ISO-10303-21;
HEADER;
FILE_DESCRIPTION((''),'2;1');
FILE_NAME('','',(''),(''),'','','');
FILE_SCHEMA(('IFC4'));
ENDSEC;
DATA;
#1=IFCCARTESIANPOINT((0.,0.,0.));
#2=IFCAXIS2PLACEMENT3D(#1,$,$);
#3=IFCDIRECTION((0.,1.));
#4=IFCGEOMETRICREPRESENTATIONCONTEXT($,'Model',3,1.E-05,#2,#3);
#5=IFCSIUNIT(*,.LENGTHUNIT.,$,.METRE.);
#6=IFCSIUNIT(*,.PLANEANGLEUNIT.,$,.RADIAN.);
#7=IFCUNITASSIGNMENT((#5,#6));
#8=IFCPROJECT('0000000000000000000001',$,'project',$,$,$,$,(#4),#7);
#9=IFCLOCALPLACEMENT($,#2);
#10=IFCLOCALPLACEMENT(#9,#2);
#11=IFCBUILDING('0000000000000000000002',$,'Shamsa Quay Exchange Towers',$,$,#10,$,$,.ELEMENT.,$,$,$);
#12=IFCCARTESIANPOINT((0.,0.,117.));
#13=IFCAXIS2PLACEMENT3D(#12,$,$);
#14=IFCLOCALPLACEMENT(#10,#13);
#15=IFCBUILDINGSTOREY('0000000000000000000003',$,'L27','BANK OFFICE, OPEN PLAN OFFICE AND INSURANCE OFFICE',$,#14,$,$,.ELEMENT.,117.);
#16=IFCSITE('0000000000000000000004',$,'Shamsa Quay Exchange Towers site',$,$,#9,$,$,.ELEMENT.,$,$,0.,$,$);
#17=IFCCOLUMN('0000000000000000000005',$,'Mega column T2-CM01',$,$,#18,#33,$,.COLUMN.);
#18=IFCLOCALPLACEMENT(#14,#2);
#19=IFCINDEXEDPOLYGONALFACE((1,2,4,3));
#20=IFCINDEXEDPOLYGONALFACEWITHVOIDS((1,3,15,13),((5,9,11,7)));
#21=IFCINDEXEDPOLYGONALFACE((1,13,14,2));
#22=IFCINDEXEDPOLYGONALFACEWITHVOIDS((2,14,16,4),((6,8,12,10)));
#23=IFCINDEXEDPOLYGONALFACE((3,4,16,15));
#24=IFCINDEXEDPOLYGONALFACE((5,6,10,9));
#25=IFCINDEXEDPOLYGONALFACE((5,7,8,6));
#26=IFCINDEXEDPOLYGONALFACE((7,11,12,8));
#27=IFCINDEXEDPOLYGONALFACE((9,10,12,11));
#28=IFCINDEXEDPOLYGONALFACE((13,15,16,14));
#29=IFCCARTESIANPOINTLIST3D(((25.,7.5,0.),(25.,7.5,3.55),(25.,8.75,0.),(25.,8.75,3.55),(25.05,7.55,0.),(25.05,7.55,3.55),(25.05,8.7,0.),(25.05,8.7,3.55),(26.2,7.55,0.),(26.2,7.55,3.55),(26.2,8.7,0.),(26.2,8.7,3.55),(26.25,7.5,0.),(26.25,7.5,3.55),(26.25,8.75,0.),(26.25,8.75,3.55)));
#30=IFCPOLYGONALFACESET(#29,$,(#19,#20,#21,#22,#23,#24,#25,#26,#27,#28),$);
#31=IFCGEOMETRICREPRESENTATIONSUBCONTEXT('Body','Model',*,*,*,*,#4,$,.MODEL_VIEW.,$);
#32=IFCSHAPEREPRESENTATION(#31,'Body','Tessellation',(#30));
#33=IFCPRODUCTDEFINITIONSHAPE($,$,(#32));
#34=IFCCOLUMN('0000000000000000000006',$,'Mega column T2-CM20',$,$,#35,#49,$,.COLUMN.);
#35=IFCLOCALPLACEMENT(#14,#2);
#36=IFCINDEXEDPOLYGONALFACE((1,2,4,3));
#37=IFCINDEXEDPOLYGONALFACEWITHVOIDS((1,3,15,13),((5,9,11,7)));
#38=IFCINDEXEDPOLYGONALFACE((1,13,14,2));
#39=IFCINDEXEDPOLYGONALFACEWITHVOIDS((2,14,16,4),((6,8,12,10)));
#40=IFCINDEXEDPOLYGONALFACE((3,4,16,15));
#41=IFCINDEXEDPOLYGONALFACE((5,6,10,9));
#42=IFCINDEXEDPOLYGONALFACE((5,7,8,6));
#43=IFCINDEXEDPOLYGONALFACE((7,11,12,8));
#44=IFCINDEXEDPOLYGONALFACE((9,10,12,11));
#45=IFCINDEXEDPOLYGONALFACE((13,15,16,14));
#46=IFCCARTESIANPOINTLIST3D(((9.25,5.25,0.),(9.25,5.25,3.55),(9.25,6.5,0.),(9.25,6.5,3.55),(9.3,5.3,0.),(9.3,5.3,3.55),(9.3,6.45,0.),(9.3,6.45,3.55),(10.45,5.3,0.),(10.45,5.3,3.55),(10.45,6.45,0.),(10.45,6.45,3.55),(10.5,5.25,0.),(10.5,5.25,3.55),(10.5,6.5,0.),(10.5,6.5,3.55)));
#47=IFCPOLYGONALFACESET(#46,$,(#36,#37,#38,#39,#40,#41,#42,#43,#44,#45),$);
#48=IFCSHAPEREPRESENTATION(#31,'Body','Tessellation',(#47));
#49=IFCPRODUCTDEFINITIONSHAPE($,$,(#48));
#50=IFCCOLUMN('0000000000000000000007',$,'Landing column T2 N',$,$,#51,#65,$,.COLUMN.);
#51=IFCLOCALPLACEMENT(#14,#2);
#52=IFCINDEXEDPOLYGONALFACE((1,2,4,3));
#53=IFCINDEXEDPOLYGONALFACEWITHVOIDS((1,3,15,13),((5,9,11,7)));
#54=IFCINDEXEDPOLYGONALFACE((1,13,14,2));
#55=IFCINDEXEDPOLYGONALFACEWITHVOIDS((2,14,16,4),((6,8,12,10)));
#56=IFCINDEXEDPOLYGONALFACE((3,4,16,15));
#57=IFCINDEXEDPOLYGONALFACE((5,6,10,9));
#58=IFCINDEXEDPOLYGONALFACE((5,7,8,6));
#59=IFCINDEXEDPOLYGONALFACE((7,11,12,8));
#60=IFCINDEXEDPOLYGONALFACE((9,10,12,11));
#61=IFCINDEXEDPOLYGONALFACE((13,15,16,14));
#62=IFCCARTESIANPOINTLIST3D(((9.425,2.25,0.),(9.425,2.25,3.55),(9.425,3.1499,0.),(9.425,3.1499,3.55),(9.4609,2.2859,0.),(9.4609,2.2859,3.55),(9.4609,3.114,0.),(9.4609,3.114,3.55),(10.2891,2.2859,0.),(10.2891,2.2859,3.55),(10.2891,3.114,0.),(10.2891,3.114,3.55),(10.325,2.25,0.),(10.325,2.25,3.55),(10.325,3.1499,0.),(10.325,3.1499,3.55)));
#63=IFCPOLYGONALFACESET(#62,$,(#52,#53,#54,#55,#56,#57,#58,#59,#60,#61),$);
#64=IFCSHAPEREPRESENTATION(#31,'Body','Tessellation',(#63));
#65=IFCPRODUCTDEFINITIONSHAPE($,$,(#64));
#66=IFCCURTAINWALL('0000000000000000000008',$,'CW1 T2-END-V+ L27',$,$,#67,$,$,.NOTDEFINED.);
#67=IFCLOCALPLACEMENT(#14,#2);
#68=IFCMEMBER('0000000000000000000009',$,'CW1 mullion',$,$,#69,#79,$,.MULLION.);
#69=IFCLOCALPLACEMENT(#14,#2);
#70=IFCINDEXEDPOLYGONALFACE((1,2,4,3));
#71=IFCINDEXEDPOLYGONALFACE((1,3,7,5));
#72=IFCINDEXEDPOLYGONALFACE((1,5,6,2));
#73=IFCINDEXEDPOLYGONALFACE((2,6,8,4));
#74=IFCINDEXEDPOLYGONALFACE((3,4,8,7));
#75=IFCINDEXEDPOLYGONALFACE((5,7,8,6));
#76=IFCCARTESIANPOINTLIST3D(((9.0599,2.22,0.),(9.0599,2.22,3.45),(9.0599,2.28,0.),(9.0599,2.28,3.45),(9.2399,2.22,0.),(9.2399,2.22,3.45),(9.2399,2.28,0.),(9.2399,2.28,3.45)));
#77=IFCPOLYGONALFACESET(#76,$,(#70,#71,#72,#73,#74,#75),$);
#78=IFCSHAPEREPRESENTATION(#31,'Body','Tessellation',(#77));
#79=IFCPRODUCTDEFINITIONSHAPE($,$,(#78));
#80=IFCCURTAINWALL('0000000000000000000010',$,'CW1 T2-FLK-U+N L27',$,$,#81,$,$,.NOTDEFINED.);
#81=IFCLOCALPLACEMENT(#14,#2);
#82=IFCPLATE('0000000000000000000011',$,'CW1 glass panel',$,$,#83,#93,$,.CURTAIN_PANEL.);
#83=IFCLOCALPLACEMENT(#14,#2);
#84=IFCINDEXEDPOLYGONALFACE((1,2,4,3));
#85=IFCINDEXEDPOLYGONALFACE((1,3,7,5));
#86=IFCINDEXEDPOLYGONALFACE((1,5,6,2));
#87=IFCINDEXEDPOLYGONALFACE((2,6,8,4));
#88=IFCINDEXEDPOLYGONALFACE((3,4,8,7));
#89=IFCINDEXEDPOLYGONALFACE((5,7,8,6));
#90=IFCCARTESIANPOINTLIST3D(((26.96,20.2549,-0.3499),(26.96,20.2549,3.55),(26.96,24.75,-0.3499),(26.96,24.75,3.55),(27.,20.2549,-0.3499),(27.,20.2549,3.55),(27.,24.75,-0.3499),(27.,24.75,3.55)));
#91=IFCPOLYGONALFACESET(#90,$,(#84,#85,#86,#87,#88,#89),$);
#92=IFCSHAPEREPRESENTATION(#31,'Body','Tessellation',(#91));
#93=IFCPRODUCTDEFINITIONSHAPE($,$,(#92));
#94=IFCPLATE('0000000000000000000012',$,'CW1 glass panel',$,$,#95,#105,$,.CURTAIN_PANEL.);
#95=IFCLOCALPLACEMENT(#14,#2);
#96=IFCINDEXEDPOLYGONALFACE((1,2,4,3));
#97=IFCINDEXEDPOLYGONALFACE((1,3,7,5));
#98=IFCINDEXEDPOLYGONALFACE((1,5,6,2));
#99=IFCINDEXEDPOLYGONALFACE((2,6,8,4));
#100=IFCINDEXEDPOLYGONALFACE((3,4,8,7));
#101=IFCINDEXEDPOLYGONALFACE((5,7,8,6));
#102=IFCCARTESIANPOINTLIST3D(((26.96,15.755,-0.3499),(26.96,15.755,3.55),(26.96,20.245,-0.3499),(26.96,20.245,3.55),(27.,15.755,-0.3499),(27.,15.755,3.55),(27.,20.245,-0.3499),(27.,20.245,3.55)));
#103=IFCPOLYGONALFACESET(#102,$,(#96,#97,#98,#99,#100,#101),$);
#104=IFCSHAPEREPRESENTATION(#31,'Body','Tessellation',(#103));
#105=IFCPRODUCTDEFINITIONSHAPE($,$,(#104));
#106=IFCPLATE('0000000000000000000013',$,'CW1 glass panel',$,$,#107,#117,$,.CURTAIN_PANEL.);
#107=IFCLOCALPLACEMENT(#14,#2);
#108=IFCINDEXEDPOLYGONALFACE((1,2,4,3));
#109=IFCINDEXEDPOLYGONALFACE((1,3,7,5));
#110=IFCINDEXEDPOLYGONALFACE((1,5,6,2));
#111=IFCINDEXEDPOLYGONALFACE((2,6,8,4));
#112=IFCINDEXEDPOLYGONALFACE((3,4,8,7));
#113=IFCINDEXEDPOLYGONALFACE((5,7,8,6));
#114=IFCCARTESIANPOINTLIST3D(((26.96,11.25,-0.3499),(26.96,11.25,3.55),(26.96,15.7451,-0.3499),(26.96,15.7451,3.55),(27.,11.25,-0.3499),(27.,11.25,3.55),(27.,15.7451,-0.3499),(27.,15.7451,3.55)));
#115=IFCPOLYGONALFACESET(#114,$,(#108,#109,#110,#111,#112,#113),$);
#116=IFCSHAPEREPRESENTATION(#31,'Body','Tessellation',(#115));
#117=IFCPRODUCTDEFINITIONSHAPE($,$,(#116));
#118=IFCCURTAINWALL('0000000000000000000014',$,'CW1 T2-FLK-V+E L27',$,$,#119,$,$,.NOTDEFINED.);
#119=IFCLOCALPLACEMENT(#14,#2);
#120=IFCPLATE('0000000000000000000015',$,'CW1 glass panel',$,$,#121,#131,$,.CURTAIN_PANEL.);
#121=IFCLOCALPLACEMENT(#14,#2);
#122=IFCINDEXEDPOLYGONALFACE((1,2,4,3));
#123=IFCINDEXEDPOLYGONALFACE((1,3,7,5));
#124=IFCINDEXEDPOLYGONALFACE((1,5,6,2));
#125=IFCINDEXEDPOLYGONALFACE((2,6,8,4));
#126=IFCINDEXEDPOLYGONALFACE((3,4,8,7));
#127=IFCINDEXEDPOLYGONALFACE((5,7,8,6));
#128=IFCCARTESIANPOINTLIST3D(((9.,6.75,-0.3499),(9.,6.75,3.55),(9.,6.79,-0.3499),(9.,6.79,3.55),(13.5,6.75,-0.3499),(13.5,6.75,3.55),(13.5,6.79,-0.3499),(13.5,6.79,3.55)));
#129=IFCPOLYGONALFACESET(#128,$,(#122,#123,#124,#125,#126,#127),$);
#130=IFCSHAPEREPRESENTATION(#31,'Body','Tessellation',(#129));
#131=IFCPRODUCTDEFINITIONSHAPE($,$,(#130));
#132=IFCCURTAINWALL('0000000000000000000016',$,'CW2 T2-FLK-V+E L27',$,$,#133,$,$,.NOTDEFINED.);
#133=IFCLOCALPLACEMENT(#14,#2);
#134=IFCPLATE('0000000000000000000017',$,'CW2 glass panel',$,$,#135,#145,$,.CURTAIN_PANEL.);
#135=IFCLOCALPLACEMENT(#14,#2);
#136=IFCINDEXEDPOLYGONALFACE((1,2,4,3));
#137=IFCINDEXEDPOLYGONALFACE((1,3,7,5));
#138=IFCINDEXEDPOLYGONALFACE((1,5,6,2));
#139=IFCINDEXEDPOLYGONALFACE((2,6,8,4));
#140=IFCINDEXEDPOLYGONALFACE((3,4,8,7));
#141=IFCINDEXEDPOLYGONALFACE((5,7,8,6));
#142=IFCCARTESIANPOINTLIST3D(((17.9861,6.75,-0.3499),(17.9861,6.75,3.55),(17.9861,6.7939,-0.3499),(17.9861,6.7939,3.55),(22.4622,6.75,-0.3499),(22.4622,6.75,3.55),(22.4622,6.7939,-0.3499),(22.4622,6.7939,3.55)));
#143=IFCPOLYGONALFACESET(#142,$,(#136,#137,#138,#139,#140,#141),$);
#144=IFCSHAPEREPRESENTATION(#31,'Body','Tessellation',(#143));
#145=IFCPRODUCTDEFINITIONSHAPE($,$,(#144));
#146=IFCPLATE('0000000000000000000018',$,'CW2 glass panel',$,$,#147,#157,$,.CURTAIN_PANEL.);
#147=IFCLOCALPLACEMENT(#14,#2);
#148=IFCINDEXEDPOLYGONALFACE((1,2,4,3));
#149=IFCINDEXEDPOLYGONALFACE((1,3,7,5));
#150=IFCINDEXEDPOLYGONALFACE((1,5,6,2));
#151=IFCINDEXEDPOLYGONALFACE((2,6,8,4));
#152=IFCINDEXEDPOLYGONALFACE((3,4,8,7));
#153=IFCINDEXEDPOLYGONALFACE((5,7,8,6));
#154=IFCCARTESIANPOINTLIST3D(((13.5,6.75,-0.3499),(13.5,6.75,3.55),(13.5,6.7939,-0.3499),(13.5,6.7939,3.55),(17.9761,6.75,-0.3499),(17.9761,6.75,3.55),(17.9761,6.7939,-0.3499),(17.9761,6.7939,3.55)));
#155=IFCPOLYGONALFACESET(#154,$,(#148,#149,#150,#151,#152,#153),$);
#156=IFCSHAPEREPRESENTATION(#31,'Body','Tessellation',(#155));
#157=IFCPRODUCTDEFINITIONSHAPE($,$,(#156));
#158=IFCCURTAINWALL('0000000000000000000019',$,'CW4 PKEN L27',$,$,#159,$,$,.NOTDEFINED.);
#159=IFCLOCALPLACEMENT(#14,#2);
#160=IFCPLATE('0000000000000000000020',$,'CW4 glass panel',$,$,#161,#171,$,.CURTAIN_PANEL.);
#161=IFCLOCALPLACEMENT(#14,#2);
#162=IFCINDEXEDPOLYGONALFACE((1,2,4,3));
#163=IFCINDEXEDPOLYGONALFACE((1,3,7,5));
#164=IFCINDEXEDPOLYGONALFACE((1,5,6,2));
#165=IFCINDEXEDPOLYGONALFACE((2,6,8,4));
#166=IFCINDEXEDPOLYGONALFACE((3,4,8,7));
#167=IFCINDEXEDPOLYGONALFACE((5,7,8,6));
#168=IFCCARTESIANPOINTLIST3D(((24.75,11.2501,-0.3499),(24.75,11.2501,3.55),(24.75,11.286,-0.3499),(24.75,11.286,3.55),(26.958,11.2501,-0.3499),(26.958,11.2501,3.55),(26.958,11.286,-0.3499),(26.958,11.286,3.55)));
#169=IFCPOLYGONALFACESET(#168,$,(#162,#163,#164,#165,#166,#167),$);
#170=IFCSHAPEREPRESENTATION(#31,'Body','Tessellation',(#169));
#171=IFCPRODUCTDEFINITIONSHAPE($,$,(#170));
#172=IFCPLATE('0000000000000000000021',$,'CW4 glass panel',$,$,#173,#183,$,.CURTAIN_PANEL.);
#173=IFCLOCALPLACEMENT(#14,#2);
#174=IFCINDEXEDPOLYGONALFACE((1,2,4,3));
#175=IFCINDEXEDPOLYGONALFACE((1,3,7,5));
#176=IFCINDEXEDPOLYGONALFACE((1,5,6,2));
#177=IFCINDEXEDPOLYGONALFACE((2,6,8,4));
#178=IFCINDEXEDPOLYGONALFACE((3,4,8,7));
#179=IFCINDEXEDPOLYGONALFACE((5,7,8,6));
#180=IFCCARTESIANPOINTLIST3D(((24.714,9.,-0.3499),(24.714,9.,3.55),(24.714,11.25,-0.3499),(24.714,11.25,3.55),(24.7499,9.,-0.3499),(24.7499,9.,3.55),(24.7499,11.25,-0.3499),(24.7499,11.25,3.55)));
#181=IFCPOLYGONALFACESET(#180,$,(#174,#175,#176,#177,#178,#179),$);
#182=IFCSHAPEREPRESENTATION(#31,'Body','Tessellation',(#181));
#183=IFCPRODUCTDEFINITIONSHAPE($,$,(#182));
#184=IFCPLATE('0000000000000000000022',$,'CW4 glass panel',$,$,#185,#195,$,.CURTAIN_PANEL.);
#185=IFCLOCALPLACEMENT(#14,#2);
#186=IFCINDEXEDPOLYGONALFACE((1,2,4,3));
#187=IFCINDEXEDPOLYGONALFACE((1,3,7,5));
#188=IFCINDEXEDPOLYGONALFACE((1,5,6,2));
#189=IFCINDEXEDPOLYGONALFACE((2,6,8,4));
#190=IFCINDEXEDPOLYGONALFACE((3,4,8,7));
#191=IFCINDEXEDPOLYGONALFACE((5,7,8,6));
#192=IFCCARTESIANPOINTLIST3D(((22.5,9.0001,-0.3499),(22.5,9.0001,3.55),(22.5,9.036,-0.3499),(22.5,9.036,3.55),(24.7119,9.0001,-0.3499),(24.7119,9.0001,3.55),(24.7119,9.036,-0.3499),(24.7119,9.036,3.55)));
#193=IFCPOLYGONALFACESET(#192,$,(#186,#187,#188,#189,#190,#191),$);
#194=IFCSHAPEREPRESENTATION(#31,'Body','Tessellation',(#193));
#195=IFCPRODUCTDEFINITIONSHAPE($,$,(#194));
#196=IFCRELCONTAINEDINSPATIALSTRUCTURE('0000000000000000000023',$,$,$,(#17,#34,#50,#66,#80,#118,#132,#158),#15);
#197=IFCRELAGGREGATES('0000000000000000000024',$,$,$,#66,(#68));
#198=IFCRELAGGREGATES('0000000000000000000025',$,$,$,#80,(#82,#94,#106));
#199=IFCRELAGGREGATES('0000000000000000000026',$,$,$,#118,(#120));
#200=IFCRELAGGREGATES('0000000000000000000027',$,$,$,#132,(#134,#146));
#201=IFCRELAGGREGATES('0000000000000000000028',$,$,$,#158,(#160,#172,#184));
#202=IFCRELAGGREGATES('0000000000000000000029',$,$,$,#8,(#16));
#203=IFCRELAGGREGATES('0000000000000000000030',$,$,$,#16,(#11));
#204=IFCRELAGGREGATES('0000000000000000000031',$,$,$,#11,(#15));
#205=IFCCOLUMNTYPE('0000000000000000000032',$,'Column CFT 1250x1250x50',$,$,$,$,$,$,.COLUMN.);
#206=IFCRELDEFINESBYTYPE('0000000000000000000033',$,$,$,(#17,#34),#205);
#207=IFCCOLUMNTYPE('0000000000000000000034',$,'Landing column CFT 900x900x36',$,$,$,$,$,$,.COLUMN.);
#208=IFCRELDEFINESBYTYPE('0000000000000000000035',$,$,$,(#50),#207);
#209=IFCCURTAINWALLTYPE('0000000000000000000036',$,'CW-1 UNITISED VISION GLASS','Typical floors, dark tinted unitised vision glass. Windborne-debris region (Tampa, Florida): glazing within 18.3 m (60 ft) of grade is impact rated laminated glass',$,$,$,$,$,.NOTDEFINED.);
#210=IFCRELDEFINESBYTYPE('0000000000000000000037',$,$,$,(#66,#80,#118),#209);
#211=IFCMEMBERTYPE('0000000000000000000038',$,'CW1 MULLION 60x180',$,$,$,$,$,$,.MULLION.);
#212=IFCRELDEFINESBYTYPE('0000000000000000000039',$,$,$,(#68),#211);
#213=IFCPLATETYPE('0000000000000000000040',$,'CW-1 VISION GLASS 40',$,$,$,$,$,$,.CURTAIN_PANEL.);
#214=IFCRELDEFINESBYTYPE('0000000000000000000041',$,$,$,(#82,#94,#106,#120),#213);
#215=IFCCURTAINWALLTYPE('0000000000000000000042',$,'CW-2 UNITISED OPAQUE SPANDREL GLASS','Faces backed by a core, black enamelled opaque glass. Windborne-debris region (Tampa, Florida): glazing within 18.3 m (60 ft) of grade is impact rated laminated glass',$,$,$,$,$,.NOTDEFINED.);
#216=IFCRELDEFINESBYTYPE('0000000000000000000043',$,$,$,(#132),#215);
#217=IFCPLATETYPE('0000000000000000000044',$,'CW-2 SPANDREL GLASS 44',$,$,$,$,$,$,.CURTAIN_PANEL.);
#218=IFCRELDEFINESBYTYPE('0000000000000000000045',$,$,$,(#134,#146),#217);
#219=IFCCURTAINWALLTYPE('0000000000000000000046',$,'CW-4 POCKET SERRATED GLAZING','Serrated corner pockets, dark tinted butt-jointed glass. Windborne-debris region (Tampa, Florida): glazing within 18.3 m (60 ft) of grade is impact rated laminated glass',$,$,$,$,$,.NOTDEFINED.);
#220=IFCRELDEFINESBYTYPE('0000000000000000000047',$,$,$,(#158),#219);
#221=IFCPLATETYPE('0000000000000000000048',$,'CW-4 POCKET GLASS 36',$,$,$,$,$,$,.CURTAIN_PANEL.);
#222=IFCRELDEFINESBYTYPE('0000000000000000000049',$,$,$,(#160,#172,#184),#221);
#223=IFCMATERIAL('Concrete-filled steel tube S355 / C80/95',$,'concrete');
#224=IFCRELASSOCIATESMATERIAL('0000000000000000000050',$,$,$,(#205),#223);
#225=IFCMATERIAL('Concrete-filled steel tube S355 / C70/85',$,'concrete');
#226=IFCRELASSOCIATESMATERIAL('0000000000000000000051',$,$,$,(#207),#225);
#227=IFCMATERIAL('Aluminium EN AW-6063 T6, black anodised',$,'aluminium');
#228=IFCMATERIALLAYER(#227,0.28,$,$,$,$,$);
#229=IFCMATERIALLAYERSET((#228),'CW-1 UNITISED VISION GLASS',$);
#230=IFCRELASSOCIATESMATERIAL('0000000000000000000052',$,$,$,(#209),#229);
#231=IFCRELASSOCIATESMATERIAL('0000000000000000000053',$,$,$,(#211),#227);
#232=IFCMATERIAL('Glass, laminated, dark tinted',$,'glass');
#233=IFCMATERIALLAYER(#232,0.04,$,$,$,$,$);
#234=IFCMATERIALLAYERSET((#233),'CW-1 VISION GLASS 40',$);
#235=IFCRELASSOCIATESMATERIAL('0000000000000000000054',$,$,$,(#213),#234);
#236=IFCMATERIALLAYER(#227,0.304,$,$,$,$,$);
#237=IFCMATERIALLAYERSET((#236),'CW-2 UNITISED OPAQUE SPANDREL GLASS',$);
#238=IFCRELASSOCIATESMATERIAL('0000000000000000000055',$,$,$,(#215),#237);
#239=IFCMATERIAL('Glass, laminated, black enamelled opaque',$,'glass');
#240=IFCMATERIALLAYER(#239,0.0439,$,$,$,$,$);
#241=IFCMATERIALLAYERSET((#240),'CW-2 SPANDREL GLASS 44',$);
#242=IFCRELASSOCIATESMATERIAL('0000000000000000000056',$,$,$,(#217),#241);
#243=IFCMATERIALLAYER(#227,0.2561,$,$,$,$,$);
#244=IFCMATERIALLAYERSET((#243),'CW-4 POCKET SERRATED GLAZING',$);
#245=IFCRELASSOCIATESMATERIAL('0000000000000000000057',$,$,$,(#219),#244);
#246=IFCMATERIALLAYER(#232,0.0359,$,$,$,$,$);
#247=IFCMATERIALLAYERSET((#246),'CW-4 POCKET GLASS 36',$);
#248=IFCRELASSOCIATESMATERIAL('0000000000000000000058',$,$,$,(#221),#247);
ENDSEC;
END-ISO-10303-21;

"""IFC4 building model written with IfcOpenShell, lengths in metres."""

from ifc_helpers import new_model, si_unit, direction, frame, origin, origin_2d, place, context, subcontext, project, spatial, rectangle, hollow_rectangle, extrude, material, layer, layer_set, material_profile, profile_set, type_object, element, aggregate, save


model = new_model("IFC4")

# Units and contexts
model_context = context("Model", 3, precision=1e-05, world=origin(), true_north=direction((0.0, 1.0)))
body_context = subcontext(model_context, "Body", "Model", "MODEL_VIEW")
ifc_project = project(units=[si_unit("LENGTHUNIT", "METRE"), si_unit("PLANEANGLEUNIT", "RADIAN")], contexts=[model_context])

# Site, building, storey
site_placement = place(None, origin())
site = spatial("IfcSite", under=ifc_project, at=site_placement, Name="Shamsa Quay Exchange Towers site", CompositionType="ELEMENT", RefElevation=0.0)
building_placement = place(site_placement, origin())
building = spatial("IfcBuilding", under=site, at=building_placement, Name="Shamsa Quay Exchange Towers", CompositionType="ELEMENT")
storey_placement = place(building_placement, frame((0.0, 0.0, 117.0)))
storey = spatial("IfcBuildingStorey", under=building, at=storey_placement, Name="L27", Description="BANK OFFICE, OPEN PLAN OFFICE AND INSURANCE OFFICE", CompositionType="ELEMENT", Elevation=117.0)

# Columns
ifc_material_1 = material(Name="Concrete-filled steel tube S355 / C80/95", Category="concrete")
ifc_material_profile_1 = material_profile(ifc_material_1, hollow_rectangle(XDim=1.25, YDim=1.25, WallThickness=0.05, at=origin_2d()), Name="CFT 1250x1250x50")
ifc_profile_set_1 = profile_set([ifc_material_profile_1], Name="Concrete-filled steel tube S355 / C80/95")
column_type_1 = type_object("IfcColumnType", Name="Column CFT 1250x1250x50", PredefinedType="COLUMN", material=ifc_profile_set_1)
for number, where, name in (
    (1, (25.625, 8.125, 0.0), "Mega column T2-CM01"),
    (2, (9.875, 5.875, 0.0), "Mega column T2-CM20"),
):
    element("IfcColumn", number, at=place(storey_placement, frame(where)), inside=storey, type_object=column_type_1, Name=name, PredefinedType="COLUMN", context=body_context, shape_type="SweptSolid", body=[
        extrude(hollow_rectangle(XDim=1.25, YDim=1.25, WallThickness=0.05, at=origin_2d()), origin(), (0.0, 0.0, 1.0), 3.55),
    ])
ifc_material_2 = material(Name="Concrete-filled steel tube S355 / C70/85", Category="concrete")
ifc_material_profile_2 = material_profile(ifc_material_2, hollow_rectangle(XDim=0.8999, YDim=0.8999, WallThickness=0.0359, at=origin_2d()), Name="CFT 900x900x36")
ifc_profile_set_2 = profile_set([ifc_material_profile_2], Name="Concrete-filled steel tube S355 / C70/85")
column_type_2 = type_object("IfcColumnType", Name="Landing column CFT 900x900x36", PredefinedType="COLUMN", material=ifc_profile_set_2)
column_placement = place(storey_placement, frame((9.875, 2.7, 0.0)))
element("IfcColumn", 3, at=column_placement, inside=storey, type_object=column_type_2, Name="Landing column T2 N", PredefinedType="COLUMN", context=body_context, shape_type="SweptSolid", body=[
    extrude(hollow_rectangle(XDim=0.8999, YDim=0.8999, WallThickness=0.0359, at=origin_2d()), origin(), (0.0, 0.0, 1.0), 3.55),
])

# Curtain wall, member
ifc_material_3 = material(Name="Aluminium EN AW-6063 T6, black anodised", Category="aluminium")
ifc_layer_1 = layer(ifc_material_3, 0.28)
ifc_layer_set_1 = layer_set([ifc_layer_1], Name="CW-1 UNITISED VISION GLASS")
curtain_wall_type_1 = type_object("IfcCurtainWallType", Name="CW-1 UNITISED VISION GLASS", Description="Typical floors, dark tinted unitised vision glass. Windborne-debris region (Tampa, Florida): glazing within 18.3 m (60 ft) of grade is impact rated laminated glass", PredefinedType="NOTDEFINED", material=ifc_layer_set_1)
curtain_wall_1_placement = place(storey_placement, origin())
curtain_wall_1 = element("IfcCurtainWall", 4, at=curtain_wall_1_placement, inside=storey, type_object=curtain_wall_type_1, Name="CW1 T2-END-V+ L27", PredefinedType="NOTDEFINED")
ifc_material_profile_3 = material_profile(ifc_material_3, rectangle(XDim=0.1799, YDim=0.0601, at=origin_2d()), Name="MU60x180")
ifc_profile_set_3 = profile_set([ifc_material_profile_3], Name="Aluminium EN AW-6063 T6, black anodised")
member_type = type_object("IfcMemberType", Name="CW1 MULLION 60x180", PredefinedType="MULLION", material=ifc_profile_set_3)
member_placement = place(storey_placement, frame((9.1499, 2.25, 0.0)))
member = element("IfcMember", 5, at=member_placement, type_object=member_type, Name="CW1 mullion", PredefinedType="MULLION", context=body_context, shape_type="SweptSolid", body=[
    extrude(rectangle(XDim=0.1799, YDim=0.0601, at=origin_2d()), origin(), (0.0, 0.0, 1.0), 3.45),
])
aggregate(curtain_wall_1, [member])

# Curtain wall, plates
curtain_wall_2_placement = place(storey_placement, origin())
curtain_wall_2 = element("IfcCurtainWall", 6, at=curtain_wall_2_placement, inside=storey, type_object=curtain_wall_type_1, Name="CW1 T2-FLK-U+N L27", PredefinedType="NOTDEFINED")
ifc_material_4 = material(Name="Glass, laminated, dark tinted", Category="glass")
ifc_layer_2 = layer(ifc_material_4, 0.04)
ifc_layer_set_2 = layer_set([ifc_layer_2], Name="CW-1 VISION GLASS 40")
plate_type_1 = type_object("IfcPlateType", Name="CW-1 VISION GLASS 40", PredefinedType="CURTAIN_PANEL", material=ifc_layer_set_2)
plate_1_placement = place(storey_placement, frame((26.98, 22.5024, -0.3499), z_axis=(0.0, 0.0, 1.0), x_axis=(0.0, -1.0, 0.0)))
plate_1 = element("IfcPlate", 7, at=plate_1_placement, type_object=plate_type_1, Name="CW1 glass panel", PredefinedType="CURTAIN_PANEL", context=body_context, shape_type="SweptSolid", body=[
    extrude(rectangle(XDim=4.4951, YDim=0.04, at=origin_2d()), origin(), (0.0, 0.0, 1.0), 3.8999),
])
plate_2_placement = place(storey_placement, frame((26.98, 18.0, -0.3499), z_axis=(0.0, 0.0, 1.0), x_axis=(0.0, -1.0, 0.0)))
plate_2 = element("IfcPlate", 8, at=plate_2_placement, type_object=plate_type_1, Name="CW1 glass panel", PredefinedType="CURTAIN_PANEL", context=body_context, shape_type="SweptSolid", body=[
    extrude(rectangle(XDim=4.49, YDim=0.04, at=origin_2d()), origin(), (0.0, 0.0, 1.0), 3.8999),
])
plate_3_placement = place(storey_placement, frame((26.98, 13.4976, -0.3499), z_axis=(0.0, 0.0, 1.0), x_axis=(0.0, -1.0, 0.0)))
plate_3 = element("IfcPlate", 9, at=plate_3_placement, type_object=plate_type_1, Name="CW1 glass panel", PredefinedType="CURTAIN_PANEL", context=body_context, shape_type="SweptSolid", body=[
    extrude(rectangle(XDim=4.4951, YDim=0.04, at=origin_2d()), origin(), (0.0, 0.0, 1.0), 3.8999),
])
aggregate(curtain_wall_2, [plate_1, plate_2, plate_3])

# Curtain wall, plate
curtain_wall_3_placement = place(storey_placement, origin())
curtain_wall_3 = element("IfcCurtainWall", 10, at=curtain_wall_3_placement, inside=storey, type_object=curtain_wall_type_1, Name="CW1 T2-FLK-V+E L27", PredefinedType="NOTDEFINED")
plate_4_placement = place(storey_placement, frame((11.25, 6.77, -0.3499), z_axis=(0.0, 0.0, 1.0), x_axis=(-1.0, 0.0, 0.0)))
plate_4 = element("IfcPlate", 11, at=plate_4_placement, type_object=plate_type_1, Name="CW1 glass panel", PredefinedType="CURTAIN_PANEL", context=body_context, shape_type="SweptSolid", body=[
    extrude(rectangle(XDim=4.5, YDim=0.04, at=origin_2d()), origin(), (0.0, 0.0, 1.0), 3.8999),
])
aggregate(curtain_wall_3, [plate_4])

# Curtain walls, plates
ifc_layer_3 = layer(ifc_material_3, 0.304)
ifc_layer_set_3 = layer_set([ifc_layer_3], Name="CW-2 UNITISED OPAQUE SPANDREL GLASS")
curtain_wall_type_2 = type_object("IfcCurtainWallType", Name="CW-2 UNITISED OPAQUE SPANDREL GLASS", Description="Faces backed by a core, black enamelled opaque glass. Windborne-debris region (Tampa, Florida): glazing within 18.3 m (60 ft) of grade is impact rated laminated glass", PredefinedType="NOTDEFINED", material=ifc_layer_set_3)
curtain_wall_4_placement = place(storey_placement, origin())
curtain_wall_4 = element("IfcCurtainWall", 12, at=curtain_wall_4_placement, inside=storey, type_object=curtain_wall_type_2, Name="CW2 T2-FLK-V+E L27", PredefinedType="NOTDEFINED")
ifc_material_5 = material(Name="Glass, laminated, black enamelled opaque", Category="glass")
ifc_layer_4 = layer(ifc_material_5, 0.0439)
ifc_layer_set_4 = layer_set([ifc_layer_4], Name="CW-2 SPANDREL GLASS 44")
plate_type_2 = type_object("IfcPlateType", Name="CW-2 SPANDREL GLASS 44", PredefinedType="CURTAIN_PANEL", material=ifc_layer_set_4)
plate_5_placement = place(storey_placement, frame((20.2241, 6.772, -0.3499), z_axis=(0.0, 0.0, 1.0), x_axis=(-1.0, 0.0, 0.0)))
plate_5 = element("IfcPlate", 13, at=plate_5_placement, type_object=plate_type_2, Name="CW2 glass panel", PredefinedType="CURTAIN_PANEL", context=body_context, shape_type="SweptSolid", body=[
    extrude(rectangle(XDim=4.4761, YDim=0.0439, at=origin_2d()), origin(), (0.0, 0.0, 1.0), 3.8999),
])
plate_6_placement = place(storey_placement, frame((15.738, 6.772, -0.3499), z_axis=(0.0, 0.0, 1.0), x_axis=(-1.0, 0.0, 0.0)))
plate_6 = element("IfcPlate", 14, at=plate_6_placement, type_object=plate_type_2, Name="CW2 glass panel", PredefinedType="CURTAIN_PANEL", context=body_context, shape_type="SweptSolid", body=[
    extrude(rectangle(XDim=4.4761, YDim=0.0439, at=origin_2d()), origin(), (0.0, 0.0, 1.0), 3.8999),
])
aggregate(curtain_wall_4, [plate_5, plate_6])
ifc_layer_5 = layer(ifc_material_3, 0.2561)
ifc_layer_set_5 = layer_set([ifc_layer_5], Name="CW-4 POCKET SERRATED GLAZING")
curtain_wall_type_3 = type_object("IfcCurtainWallType", Name="CW-4 POCKET SERRATED GLAZING", Description="Serrated corner pockets, dark tinted butt-jointed glass. Windborne-debris region (Tampa, Florida): glazing within 18.3 m (60 ft) of grade is impact rated laminated glass", PredefinedType="NOTDEFINED", material=ifc_layer_set_5)
curtain_wall_5_placement = place(storey_placement, origin())
curtain_wall_5 = element("IfcCurtainWall", 15, at=curtain_wall_5_placement, inside=storey, type_object=curtain_wall_type_3, Name="CW4 PKEN L27", PredefinedType="NOTDEFINED")
ifc_layer_6 = layer(ifc_material_4, 0.0359)
ifc_layer_set_6 = layer_set([ifc_layer_6], Name="CW-4 POCKET GLASS 36")
plate_type_3 = type_object("IfcPlateType", Name="CW-4 POCKET GLASS 36", PredefinedType="CURTAIN_PANEL", material=ifc_layer_set_6)
plate_7_placement = place(storey_placement, frame((25.854, 11.2681, -0.3499), z_axis=(0.0, 0.0, 1.0), x_axis=(-1.0, 0.0, 0.0)))
plate_7 = element("IfcPlate", 16, at=plate_7_placement, type_object=plate_type_3, Name="CW4 glass panel", PredefinedType="CURTAIN_PANEL", context=body_context, shape_type="SweptSolid", body=[
    extrude(rectangle(XDim=2.208, YDim=0.0359, at=origin_2d()), origin(), (0.0, 0.0, 1.0), 3.8999),
])
plate_8_placement = place(storey_placement, frame((24.7319, 10.125, -0.3499), z_axis=(0.0, 0.0, 1.0), x_axis=(0.0, -1.0, 0.0)))
plate_8 = element("IfcPlate", 17, at=plate_8_placement, type_object=plate_type_3, Name="CW4 glass panel", PredefinedType="CURTAIN_PANEL", context=body_context, shape_type="SweptSolid", body=[
    extrude(rectangle(XDim=2.25, YDim=0.0359, at=origin_2d()), origin(), (0.0, 0.0, 1.0), 3.8999),
])
plate_9_placement = place(storey_placement, frame((23.606, 9.0181, -0.3499), z_axis=(0.0, 0.0, 1.0), x_axis=(-1.0, 0.0, 0.0)))
plate_9 = element("IfcPlate", 18, at=plate_9_placement, type_object=plate_type_3, Name="CW4 glass panel", PredefinedType="CURTAIN_PANEL", context=body_context, shape_type="SweptSolid", body=[
    extrude(rectangle(XDim=2.2119, YDim=0.0359, at=origin_2d()), origin(), (0.0, 0.0, 1.0), 3.8999),
])
aggregate(curtain_wall_5, [plate_7, plate_8, plate_9])

save(model, "model.ifc")
